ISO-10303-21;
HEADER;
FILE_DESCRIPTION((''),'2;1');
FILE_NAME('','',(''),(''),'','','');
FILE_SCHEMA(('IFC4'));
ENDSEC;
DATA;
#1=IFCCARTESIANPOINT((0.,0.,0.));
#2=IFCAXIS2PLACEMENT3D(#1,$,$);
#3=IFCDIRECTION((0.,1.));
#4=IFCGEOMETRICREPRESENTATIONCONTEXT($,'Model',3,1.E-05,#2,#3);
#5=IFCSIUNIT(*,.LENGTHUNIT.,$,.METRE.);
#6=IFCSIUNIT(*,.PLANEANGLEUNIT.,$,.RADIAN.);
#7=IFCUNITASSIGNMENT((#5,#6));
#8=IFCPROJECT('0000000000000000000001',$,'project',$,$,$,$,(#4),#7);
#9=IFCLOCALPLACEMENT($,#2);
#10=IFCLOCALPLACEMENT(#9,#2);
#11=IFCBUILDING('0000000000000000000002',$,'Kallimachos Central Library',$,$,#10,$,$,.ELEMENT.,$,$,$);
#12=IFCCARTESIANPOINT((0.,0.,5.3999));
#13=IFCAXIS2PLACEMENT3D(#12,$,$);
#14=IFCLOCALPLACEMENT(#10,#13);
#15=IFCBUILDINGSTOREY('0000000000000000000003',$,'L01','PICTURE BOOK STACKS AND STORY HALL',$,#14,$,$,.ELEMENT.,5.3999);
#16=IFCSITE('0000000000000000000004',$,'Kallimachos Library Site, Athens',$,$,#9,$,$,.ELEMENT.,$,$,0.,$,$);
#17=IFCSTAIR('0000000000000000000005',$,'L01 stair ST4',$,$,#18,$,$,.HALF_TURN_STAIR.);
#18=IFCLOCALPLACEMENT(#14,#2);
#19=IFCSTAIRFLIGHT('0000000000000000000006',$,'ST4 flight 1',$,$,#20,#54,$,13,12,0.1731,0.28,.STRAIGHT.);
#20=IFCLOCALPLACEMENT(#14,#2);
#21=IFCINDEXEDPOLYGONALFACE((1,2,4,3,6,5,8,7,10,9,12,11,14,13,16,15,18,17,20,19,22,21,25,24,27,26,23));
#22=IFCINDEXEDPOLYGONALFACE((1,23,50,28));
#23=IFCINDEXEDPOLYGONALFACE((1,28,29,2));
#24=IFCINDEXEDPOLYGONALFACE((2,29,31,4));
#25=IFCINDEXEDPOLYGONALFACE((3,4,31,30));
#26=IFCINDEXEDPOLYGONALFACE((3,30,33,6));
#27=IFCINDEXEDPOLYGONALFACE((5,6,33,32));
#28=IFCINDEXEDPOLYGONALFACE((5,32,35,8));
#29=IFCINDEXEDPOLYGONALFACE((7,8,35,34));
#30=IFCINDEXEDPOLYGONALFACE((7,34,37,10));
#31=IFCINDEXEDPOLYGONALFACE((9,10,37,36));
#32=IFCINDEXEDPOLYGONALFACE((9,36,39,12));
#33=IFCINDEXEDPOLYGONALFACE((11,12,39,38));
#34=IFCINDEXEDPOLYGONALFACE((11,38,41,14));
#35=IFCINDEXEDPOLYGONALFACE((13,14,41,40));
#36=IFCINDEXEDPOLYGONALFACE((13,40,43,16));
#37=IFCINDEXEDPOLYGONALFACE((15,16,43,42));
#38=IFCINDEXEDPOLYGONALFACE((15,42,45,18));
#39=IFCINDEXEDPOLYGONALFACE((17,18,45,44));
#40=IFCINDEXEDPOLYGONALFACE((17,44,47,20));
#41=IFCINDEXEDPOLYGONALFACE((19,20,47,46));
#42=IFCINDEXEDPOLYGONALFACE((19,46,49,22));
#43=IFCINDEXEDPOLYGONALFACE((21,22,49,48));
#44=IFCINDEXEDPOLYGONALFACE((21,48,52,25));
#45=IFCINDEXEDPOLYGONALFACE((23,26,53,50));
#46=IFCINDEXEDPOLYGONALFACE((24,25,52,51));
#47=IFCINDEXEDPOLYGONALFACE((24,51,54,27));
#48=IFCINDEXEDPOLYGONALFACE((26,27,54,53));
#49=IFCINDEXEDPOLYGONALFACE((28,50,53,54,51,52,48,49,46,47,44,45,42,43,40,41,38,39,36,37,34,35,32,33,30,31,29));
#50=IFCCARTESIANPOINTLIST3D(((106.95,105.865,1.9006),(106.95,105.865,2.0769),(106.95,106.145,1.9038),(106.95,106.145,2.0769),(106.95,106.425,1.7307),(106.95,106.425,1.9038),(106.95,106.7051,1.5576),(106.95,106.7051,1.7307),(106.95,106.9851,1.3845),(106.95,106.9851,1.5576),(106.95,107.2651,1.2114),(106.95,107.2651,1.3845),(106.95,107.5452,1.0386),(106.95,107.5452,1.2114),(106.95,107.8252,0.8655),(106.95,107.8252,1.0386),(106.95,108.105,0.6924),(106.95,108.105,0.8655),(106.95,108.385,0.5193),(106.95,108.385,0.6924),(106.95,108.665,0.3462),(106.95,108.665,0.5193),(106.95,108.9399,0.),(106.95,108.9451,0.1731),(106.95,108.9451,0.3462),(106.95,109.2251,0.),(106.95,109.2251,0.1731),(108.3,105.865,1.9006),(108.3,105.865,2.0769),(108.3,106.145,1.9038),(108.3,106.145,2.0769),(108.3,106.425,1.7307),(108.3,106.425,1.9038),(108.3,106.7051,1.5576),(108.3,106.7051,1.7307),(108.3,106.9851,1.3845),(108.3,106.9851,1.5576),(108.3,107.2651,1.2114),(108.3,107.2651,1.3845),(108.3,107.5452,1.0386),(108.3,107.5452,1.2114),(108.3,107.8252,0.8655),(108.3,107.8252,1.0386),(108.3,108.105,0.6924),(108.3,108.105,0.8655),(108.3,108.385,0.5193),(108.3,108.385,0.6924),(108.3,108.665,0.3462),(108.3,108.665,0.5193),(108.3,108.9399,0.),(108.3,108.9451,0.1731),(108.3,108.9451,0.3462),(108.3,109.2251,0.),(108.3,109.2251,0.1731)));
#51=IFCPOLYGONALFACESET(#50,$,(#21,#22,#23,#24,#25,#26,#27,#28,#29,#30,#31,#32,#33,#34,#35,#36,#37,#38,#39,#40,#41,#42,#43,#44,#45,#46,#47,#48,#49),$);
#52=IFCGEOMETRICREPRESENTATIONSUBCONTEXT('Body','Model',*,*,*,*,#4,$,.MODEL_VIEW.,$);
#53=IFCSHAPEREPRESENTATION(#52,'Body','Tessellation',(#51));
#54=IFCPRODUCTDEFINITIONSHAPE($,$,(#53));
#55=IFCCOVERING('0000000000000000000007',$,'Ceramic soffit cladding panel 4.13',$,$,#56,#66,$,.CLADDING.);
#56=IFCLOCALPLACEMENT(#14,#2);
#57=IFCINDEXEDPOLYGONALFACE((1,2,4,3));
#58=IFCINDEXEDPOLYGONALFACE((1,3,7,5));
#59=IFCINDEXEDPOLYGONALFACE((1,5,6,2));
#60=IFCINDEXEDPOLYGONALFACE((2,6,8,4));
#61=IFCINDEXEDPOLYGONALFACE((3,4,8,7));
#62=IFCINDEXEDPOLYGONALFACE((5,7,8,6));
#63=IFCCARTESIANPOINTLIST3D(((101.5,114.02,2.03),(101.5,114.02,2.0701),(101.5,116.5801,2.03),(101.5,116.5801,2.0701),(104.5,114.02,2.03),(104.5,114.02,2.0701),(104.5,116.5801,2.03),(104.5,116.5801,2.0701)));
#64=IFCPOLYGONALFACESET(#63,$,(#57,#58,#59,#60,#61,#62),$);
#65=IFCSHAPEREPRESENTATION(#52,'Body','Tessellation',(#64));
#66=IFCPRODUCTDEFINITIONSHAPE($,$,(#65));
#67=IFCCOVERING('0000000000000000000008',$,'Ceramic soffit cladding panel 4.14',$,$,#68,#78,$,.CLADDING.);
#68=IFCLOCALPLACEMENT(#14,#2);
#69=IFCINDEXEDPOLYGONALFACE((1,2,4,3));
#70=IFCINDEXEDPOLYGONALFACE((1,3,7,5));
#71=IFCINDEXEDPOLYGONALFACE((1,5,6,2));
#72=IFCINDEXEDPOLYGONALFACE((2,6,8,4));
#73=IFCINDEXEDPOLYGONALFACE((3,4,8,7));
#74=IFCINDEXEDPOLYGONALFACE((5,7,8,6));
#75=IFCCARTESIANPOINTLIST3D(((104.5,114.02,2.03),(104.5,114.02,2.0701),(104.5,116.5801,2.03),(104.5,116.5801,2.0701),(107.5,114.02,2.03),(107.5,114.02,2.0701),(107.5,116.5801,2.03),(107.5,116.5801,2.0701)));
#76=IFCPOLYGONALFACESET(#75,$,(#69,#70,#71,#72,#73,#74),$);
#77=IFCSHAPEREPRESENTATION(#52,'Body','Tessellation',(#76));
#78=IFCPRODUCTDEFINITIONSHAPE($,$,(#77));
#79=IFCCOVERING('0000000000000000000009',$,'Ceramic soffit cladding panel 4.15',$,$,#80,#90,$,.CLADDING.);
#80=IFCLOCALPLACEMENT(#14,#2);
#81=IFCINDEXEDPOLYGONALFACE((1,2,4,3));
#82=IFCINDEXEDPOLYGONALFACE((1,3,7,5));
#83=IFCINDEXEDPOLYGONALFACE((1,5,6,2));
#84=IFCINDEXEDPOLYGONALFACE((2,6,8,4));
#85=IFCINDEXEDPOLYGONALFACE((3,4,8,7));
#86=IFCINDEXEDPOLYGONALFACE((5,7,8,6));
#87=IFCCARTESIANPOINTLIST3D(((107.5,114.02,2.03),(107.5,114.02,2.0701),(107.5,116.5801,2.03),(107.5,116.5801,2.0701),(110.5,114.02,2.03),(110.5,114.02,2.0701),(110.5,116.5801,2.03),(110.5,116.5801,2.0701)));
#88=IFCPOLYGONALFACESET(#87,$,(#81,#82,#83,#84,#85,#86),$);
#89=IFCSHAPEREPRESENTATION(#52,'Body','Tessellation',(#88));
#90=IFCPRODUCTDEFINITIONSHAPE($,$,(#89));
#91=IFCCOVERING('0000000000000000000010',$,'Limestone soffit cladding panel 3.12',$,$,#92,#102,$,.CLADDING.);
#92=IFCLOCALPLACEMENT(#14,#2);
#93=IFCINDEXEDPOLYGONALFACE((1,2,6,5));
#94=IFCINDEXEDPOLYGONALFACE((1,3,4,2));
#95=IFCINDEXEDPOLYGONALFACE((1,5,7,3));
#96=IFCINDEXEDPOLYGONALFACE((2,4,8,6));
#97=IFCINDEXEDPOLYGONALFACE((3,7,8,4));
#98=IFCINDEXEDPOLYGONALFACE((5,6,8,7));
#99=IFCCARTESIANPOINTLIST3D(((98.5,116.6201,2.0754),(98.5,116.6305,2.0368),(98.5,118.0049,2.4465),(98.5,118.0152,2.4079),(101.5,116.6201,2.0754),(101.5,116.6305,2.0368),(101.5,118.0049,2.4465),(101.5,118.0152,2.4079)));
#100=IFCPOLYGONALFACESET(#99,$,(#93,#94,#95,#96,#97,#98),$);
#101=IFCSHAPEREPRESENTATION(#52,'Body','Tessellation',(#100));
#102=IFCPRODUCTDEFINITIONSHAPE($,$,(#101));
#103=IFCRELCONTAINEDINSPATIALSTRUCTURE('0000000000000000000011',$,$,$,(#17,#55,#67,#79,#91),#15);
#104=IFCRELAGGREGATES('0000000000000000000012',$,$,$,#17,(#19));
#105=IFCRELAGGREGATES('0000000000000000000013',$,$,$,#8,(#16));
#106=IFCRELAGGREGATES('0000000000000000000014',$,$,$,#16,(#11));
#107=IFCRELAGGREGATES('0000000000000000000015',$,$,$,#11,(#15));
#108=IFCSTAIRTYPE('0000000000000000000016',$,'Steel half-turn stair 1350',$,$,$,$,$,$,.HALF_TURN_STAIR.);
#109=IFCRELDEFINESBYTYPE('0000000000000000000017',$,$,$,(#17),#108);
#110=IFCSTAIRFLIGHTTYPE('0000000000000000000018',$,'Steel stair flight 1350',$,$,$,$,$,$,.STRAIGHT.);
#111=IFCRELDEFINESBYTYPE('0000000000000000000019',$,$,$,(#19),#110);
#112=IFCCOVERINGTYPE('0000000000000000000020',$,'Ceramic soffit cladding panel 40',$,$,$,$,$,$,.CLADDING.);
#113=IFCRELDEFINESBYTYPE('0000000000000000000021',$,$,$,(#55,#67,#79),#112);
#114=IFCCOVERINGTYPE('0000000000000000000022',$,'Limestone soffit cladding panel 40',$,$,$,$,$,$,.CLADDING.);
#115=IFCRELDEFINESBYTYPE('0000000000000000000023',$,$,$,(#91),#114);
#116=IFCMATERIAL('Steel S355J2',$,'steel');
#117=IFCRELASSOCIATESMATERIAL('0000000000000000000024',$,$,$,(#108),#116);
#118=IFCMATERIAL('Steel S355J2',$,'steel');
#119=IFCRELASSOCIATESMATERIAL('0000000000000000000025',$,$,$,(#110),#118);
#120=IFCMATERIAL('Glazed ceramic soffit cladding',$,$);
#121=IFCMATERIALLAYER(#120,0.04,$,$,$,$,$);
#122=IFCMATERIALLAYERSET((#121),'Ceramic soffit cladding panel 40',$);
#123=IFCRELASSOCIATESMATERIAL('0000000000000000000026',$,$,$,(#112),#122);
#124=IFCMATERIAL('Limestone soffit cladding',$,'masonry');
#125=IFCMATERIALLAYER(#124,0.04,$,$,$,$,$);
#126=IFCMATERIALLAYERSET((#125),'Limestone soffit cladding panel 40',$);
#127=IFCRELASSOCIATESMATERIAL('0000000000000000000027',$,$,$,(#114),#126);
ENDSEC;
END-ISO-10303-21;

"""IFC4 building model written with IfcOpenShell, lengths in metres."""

from ifc_helpers import new_model, si_unit, direction, frame, origin, place, context, subcontext, project, spatial, polyline, outline, extrude, material, layer, layer_set, type_object, element, aggregate, save


model = new_model("IFC4")

# Units and contexts
model_context = context("Model", 3, precision=1e-05, world=origin(), true_north=direction((0.0, 1.0)))
body_context = subcontext(model_context, "Body", "Model", "MODEL_VIEW")
ifc_project = project(units=[si_unit("LENGTHUNIT", "METRE"), si_unit("PLANEANGLEUNIT", "RADIAN")], contexts=[model_context])

# Site, building, storey
site_placement = place(None, origin())
site = spatial("IfcSite", under=ifc_project, at=site_placement, Name="Kallimachos Library Site, Athens", CompositionType="ELEMENT", RefElevation=0.0)
building_placement = place(site_placement, origin())
building = spatial("IfcBuilding", under=site, at=building_placement, Name="Kallimachos Central Library", CompositionType="ELEMENT")
storey_placement = place(building_placement, frame((0.0, 0.0, 5.3999)))
storey = spatial("IfcBuildingStorey", under=building, at=storey_placement, Name="L01", Description="PICTURE BOOK STACKS AND STORY HALL", CompositionType="ELEMENT", Elevation=5.3999)

# Stair, stair flight
ifc_material_1 = material(Name="Steel S355J2", Category="steel")
stair_type = type_object("IfcStairType", Name="Steel half-turn stair 1350", PredefinedType="HALF_TURN_STAIR", material=ifc_material_1)
stair_placement = place(storey_placement, origin())
stair = element("IfcStair", 1, at=stair_placement, inside=storey, type_object=stair_type, Name="L01 stair ST4", PredefinedType="HALF_TURN_STAIR")
ifc_material_2 = material(Name="Steel S355J2", Category="steel")
stair_flight_type = type_object("IfcStairFlightType", Name="Steel stair flight 1350", PredefinedType="STRAIGHT", material=ifc_material_2)
stair_flight_placement = place(storey_placement, frame((107.625, 109.2251, 0.0), z_axis=(0.0, 0.0, 1.0), x_axis=(0.0, -1.0, 0.0)))
stair_flight = element("IfcStairFlight", 2, at=stair_flight_placement, type_object=stair_flight_type, Name="ST4 flight 1", NumberOfRisers=13, NumberOfTreads=12, PredefinedType="STRAIGHT", RiserHeight=0.1731, TreadLength=0.28, context=body_context, shape_type="SweptSolid", body=[
    extrude(outline(polyline([(0.0, 0.0), (0.0, 0.1731), (0.28, 0.1731), (0.28, 0.3462), (0.5601, 0.3462), (0.5601, 0.5193), (0.8401, 0.5193), (0.8401, 0.6924), (1.1201, 0.6924), (1.1201, 0.8655), (1.3999, 0.8655), (1.3999, 1.0386), (1.6799, 1.0386), (1.6799, 1.2114), (1.96, 1.2114), (1.96, 1.3845), (2.24, 1.3845), (2.24, 1.5576), (2.52, 1.5576), (2.52, 1.7307), (2.8, 1.7307), (2.8, 1.9038), (3.0801, 1.9038), (3.0801, 2.0769), (3.3601, 2.0769), (3.3601, 2.25), (3.3601, 1.9006), (0.2852, 0.0), (0.0, 0.0)])), frame((0.0, 0.675, 0.0), z_axis=(0.0, -1.0, 0.0), x_axis=(1.0, 0.0, 0.0)), (0.0, 0.0, 1.0), 1.3501),
])
aggregate(stair, [stair_flight])

# Coverings
ifc_material_3 = material(Name="Glazed ceramic soffit cladding")
ifc_layer_1 = layer(ifc_material_3, 0.04)
ifc_layer_set_1 = layer_set([ifc_layer_1], Name="Ceramic soffit cladding panel 40")
covering_type_1 = type_object("IfcCoveringType", Name="Ceramic soffit cladding panel 40", PredefinedType="CLADDING", material=ifc_layer_set_1)
for number, where, z_axis, x_axis, name in (
    (3, (101.5, 116.5801, 2.0701), (0.0, 0.0, 1.0), (1.0, 0.0, 0.0), "Ceramic soffit cladding panel 4.13"),
    (4, (104.5, 116.5801, 2.0701), (0.0, 0.0, 1.0), (1.0, 0.0, 0.0), "Ceramic soffit cladding panel 4.14"),
    (5, (107.5, 116.5801, 2.0701), (0.0, 0.0, 1.0), (1.0, 0.0, 0.0), "Ceramic soffit cladding panel 4.15"),
):
    element("IfcCovering", number, at=place(storey_placement, frame(where, z_axis=z_axis, x_axis=x_axis)), inside=storey, type_object=covering_type_1, Name=name, PredefinedType="CLADDING", context=body_context, shape_type="SweptSolid", body=[
        extrude(outline(polyline([(0.0, 0.0), (3.0, 0.0), (3.0, -2.5601), (0.0, -2.5601), (0.0, 0.0)])), origin(), (0.0, 0.0, -1.0), 0.04),
    ])
ifc_material_4 = material(Name="Limestone soffit cladding", Category="masonry")
ifc_layer_2 = layer(ifc_material_4, 0.04)
ifc_layer_set_2 = layer_set([ifc_layer_2], Name="Limestone soffit cladding panel 40")
covering_type_2 = type_object("IfcCoveringType", Name="Limestone soffit cladding panel 40", PredefinedType="CLADDING", material=ifc_layer_set_2)
covering_placement = place(storey_placement, frame((98.5, 118.0049, 2.4465), z_axis=(0.0, -0.25885, 0.965918), x_axis=(1.0, 0.0, 0.0)))
element("IfcCovering", 6, at=covering_placement, inside=storey, type_object=covering_type_2, Name="Limestone soffit cladding panel 3.12", PredefinedType="CLADDING", context=body_context, shape_type="SweptSolid", body=[
    extrude(outline(polyline([(0.0, 0.0), (3.0, 0.0), (3.0, -1.4336), (0.0, -1.4336), (0.0, 0.0)])), origin(), (0.0, 0.0, -1.0), 0.04),
])

save(model, "model.ifc")
